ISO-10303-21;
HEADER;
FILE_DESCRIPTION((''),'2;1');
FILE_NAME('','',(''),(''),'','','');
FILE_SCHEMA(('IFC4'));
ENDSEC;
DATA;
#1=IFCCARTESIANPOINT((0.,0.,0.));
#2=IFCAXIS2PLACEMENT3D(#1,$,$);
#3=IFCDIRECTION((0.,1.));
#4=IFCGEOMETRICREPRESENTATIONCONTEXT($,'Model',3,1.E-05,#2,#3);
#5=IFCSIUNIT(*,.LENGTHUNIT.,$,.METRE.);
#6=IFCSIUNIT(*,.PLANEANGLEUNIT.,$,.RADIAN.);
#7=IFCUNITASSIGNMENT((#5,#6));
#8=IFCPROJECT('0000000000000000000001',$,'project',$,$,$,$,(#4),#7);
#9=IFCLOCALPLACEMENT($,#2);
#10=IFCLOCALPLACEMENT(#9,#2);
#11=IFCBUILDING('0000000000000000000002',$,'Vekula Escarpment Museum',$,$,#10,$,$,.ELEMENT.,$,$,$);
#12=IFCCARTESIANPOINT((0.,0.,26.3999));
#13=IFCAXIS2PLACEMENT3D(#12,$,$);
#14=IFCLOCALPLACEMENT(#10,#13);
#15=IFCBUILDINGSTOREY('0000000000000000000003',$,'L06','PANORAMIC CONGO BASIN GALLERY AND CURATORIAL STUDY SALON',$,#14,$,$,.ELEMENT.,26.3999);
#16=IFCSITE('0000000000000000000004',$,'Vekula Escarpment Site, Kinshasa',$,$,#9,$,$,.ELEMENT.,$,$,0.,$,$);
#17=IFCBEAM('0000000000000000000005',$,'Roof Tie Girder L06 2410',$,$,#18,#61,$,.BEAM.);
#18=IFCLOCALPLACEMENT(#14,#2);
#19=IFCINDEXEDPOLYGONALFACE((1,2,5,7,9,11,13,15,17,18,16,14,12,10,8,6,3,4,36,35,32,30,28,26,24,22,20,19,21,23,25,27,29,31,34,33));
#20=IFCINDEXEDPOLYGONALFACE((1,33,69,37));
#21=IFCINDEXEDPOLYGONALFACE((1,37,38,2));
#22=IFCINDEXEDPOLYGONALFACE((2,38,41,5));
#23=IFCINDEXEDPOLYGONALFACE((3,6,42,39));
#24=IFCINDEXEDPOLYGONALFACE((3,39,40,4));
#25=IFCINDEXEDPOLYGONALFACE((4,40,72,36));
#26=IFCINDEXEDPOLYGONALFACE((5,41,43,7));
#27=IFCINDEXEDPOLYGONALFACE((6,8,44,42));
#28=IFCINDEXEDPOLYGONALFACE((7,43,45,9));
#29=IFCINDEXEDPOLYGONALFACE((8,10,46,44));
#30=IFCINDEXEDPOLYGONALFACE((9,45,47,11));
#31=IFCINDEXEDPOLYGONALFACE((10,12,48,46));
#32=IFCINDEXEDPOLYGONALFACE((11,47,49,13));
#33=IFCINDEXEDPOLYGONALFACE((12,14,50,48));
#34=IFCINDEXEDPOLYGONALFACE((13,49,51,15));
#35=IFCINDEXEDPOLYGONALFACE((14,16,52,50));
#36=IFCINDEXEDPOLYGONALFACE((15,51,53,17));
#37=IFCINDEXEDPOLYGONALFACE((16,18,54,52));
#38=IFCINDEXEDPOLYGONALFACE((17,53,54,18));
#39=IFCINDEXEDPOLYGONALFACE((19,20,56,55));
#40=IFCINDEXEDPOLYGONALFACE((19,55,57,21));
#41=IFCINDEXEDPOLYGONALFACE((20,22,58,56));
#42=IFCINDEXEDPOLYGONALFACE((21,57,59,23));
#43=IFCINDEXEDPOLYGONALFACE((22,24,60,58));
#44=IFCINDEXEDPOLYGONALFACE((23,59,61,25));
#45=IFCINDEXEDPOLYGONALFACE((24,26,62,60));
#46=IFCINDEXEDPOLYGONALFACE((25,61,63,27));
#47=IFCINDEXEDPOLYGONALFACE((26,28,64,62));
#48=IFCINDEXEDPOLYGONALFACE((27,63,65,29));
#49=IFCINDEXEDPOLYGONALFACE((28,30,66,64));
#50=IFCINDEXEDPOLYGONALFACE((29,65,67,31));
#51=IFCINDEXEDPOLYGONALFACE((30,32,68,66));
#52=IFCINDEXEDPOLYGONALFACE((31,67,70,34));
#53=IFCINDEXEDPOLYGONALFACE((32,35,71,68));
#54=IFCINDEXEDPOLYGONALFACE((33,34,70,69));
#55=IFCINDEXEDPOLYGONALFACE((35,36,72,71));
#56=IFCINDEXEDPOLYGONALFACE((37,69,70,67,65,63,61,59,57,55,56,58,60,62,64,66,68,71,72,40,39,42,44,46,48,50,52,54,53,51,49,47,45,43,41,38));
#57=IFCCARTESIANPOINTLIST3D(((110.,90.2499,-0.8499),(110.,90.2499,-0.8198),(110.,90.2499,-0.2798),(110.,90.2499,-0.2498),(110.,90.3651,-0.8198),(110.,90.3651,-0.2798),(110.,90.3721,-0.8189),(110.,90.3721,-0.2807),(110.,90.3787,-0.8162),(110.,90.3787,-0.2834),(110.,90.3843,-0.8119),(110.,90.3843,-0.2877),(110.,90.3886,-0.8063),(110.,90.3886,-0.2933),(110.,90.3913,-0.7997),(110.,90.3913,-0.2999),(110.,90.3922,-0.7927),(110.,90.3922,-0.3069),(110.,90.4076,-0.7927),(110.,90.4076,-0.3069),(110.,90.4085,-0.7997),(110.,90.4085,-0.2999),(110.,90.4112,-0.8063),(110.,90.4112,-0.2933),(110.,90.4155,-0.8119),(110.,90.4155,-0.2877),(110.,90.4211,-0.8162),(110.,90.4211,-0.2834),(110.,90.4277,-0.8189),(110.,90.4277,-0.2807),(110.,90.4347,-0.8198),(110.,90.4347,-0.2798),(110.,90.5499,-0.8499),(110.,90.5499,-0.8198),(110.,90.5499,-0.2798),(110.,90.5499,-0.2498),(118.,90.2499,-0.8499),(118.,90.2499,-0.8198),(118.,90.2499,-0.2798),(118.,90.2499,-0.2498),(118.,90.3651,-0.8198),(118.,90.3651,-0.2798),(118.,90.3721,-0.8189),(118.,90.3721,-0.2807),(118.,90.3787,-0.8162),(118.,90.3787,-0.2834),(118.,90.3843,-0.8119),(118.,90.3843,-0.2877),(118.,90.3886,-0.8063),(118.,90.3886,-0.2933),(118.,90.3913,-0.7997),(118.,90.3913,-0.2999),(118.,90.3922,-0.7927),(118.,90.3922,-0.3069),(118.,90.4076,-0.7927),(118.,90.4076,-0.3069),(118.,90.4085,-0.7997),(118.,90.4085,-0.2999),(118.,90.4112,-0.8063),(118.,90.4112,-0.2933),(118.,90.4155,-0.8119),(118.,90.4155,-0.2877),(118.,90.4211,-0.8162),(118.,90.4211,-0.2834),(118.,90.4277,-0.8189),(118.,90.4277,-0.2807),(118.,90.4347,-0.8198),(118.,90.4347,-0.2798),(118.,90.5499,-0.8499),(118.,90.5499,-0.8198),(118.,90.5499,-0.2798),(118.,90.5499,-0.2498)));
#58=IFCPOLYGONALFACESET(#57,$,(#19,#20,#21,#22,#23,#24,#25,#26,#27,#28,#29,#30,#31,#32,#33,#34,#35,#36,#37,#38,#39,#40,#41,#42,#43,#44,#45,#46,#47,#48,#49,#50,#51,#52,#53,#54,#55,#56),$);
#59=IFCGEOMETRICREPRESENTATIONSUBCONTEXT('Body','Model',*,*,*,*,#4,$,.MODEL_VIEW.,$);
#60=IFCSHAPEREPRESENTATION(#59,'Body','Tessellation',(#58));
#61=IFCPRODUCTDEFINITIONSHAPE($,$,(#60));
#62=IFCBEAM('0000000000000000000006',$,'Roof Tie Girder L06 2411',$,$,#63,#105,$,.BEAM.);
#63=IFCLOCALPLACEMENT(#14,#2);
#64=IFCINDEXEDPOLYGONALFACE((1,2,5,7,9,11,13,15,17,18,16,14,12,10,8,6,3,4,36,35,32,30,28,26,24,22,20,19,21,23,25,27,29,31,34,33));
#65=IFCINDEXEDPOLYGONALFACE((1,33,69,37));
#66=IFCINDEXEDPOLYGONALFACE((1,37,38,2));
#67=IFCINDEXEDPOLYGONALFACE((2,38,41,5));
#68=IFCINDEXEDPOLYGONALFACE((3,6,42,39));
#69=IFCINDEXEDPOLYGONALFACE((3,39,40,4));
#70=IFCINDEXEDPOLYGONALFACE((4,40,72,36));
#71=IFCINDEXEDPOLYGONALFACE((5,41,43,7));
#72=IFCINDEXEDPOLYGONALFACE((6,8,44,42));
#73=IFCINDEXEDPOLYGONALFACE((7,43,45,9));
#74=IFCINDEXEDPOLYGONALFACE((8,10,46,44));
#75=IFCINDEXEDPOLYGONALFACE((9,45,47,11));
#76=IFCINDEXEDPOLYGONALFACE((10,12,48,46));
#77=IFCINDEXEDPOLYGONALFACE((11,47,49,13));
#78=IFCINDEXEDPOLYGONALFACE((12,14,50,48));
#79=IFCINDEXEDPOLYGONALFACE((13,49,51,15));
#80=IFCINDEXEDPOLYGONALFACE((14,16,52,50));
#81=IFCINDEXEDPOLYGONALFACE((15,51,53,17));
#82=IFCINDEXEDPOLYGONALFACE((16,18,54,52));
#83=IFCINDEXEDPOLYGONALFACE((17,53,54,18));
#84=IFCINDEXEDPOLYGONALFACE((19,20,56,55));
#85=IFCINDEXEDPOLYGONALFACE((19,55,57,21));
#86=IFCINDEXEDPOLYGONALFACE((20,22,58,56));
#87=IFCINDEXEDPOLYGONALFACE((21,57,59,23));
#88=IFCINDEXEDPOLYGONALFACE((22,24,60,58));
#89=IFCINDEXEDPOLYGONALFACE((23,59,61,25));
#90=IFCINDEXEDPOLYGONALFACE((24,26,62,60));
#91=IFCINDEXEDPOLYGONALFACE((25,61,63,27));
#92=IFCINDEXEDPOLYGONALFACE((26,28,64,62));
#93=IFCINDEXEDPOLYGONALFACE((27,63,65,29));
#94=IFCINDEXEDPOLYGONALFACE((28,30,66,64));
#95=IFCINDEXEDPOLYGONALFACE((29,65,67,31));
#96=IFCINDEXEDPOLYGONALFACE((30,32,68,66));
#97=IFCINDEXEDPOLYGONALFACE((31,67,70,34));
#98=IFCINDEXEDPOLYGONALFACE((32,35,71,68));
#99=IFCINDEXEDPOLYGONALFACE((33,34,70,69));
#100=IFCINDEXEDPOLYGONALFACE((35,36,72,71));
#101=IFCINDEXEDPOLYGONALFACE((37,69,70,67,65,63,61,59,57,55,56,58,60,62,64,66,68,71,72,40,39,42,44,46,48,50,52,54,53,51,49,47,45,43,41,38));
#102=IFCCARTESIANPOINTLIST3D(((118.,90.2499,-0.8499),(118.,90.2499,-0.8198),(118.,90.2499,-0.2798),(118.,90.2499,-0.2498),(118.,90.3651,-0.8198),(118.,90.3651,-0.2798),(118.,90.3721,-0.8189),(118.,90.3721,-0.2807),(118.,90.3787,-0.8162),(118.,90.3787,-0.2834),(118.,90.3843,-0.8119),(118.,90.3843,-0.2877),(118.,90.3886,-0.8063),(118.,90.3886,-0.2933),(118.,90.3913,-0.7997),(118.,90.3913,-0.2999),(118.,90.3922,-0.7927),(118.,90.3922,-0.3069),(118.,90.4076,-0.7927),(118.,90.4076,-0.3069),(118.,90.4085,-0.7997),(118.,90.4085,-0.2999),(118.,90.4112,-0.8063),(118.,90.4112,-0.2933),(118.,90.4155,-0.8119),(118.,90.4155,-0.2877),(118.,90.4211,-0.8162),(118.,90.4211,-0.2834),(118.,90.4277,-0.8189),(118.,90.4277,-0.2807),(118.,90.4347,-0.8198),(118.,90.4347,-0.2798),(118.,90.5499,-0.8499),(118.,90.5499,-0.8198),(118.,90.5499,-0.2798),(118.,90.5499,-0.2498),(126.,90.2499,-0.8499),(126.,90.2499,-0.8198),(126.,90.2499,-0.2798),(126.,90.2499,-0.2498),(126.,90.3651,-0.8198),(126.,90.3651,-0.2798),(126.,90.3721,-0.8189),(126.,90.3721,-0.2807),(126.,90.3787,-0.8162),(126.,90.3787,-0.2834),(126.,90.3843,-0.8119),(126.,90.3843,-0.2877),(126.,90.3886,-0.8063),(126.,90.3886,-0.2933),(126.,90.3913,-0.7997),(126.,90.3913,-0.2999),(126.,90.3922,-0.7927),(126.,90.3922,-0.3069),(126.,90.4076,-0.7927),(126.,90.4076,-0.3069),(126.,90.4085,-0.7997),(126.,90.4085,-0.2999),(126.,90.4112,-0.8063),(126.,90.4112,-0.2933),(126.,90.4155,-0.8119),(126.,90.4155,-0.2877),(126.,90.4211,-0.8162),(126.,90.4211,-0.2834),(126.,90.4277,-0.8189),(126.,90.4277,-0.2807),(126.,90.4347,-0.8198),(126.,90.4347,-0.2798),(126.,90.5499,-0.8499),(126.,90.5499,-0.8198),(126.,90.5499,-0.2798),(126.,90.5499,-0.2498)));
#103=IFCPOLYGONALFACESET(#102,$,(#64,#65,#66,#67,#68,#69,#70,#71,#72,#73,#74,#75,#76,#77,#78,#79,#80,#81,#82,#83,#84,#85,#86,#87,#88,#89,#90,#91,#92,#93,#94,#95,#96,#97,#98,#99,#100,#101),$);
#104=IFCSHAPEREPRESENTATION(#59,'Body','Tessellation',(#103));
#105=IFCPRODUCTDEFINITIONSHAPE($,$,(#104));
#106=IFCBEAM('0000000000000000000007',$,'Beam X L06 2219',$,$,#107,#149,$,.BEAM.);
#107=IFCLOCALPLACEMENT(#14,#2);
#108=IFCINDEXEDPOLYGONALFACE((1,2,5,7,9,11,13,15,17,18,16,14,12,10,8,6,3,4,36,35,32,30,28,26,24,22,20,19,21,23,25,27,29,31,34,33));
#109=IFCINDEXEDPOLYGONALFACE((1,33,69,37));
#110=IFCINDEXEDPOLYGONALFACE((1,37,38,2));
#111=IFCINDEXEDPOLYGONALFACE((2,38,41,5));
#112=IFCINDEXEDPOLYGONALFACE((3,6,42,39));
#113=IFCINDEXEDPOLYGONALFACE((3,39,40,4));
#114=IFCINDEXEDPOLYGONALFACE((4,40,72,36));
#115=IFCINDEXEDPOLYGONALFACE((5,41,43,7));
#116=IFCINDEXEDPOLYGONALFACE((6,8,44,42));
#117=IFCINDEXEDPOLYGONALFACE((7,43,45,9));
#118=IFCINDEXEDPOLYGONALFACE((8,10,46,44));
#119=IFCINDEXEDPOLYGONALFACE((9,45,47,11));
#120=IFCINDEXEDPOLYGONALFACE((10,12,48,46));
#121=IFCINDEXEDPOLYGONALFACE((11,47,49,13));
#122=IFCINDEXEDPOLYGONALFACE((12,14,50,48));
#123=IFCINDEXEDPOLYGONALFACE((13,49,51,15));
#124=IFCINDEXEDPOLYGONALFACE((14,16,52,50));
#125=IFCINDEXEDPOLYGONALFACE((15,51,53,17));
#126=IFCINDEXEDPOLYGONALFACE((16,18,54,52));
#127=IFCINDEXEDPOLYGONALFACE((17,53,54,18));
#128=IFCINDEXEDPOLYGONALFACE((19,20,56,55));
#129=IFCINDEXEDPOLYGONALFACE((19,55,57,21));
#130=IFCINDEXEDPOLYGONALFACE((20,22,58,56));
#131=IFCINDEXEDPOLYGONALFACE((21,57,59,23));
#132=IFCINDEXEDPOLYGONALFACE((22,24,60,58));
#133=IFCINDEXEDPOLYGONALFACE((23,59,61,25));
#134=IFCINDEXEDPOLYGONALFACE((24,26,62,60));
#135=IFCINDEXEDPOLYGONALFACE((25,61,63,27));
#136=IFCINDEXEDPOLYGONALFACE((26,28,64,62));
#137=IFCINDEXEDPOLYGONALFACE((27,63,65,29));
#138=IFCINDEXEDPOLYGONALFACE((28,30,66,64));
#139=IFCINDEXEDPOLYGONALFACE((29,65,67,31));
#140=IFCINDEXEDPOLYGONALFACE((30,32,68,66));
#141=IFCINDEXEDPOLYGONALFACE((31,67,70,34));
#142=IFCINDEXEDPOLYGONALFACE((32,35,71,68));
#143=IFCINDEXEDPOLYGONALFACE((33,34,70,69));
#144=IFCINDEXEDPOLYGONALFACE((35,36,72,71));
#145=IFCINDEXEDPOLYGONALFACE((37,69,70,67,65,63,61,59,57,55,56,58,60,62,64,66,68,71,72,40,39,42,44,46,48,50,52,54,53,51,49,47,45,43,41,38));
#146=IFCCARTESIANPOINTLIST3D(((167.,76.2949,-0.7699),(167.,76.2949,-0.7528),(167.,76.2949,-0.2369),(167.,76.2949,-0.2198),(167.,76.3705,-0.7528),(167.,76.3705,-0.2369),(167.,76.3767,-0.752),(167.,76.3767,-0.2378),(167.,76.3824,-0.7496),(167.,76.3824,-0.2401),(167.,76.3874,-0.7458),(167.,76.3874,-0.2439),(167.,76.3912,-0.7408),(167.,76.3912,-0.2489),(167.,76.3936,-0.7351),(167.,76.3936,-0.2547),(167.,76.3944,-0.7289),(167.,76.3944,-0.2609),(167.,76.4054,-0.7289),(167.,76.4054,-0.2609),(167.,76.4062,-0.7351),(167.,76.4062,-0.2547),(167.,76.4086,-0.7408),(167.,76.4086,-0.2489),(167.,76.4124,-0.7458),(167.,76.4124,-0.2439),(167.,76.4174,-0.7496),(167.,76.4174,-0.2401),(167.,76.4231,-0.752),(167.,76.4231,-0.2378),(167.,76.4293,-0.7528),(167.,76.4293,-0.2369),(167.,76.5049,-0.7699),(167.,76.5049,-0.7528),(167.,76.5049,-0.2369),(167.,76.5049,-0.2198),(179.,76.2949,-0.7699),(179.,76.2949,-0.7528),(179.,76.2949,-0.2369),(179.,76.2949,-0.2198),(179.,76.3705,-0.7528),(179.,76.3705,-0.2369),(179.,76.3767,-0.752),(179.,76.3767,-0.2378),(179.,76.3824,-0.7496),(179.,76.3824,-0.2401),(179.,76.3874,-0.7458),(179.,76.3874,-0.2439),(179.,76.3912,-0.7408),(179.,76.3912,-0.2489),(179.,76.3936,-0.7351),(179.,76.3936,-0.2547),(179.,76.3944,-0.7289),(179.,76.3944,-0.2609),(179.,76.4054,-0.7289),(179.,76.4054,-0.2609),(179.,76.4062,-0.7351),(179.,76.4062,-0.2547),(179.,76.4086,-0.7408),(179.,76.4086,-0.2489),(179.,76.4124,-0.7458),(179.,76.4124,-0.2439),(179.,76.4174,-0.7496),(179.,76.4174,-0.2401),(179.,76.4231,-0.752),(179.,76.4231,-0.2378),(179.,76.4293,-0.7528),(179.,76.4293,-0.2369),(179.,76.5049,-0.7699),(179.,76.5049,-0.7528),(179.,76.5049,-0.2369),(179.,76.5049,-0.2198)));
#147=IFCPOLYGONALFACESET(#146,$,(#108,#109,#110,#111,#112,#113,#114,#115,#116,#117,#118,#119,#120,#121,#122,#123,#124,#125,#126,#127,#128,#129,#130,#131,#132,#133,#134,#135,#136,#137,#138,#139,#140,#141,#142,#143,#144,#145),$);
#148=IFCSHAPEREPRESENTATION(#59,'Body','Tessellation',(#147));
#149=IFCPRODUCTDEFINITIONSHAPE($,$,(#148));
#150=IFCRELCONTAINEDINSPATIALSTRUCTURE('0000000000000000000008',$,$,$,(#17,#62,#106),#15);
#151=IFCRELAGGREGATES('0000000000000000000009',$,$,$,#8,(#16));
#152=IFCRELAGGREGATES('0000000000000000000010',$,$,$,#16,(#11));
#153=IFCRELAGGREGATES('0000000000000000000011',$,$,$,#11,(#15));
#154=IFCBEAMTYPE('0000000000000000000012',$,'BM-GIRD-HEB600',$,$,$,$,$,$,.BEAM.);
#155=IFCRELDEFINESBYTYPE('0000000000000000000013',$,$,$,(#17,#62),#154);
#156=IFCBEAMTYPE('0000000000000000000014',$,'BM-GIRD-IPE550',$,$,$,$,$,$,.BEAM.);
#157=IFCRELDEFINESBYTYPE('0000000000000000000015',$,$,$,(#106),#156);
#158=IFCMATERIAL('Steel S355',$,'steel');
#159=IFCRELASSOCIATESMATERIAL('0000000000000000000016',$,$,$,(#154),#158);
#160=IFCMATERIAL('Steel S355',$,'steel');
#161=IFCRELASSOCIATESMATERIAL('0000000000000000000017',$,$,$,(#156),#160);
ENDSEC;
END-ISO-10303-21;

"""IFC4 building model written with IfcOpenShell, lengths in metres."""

from ifc_helpers import new_model, si_unit, direction, frame, origin, origin_2d, place, context, subcontext, project, spatial, i_section, extrude, material, material_profile, profile_set, type_object, element, save


model = new_model("IFC4")

# Units and contexts
model_context = context("Model", 3, precision=1e-05, world=origin(), true_north=direction((0.0, 1.0)))
body_context = subcontext(model_context, "Body", "Model", "MODEL_VIEW")
ifc_project = project(units=[si_unit("LENGTHUNIT", "METRE"), si_unit("PLANEANGLEUNIT", "RADIAN")], contexts=[model_context])

# Site, building, storey
site_placement = place(None, origin())
site = spatial("IfcSite", under=ifc_project, at=site_placement, Name="Vekula Escarpment Site, Kinshasa", CompositionType="ELEMENT", RefElevation=0.0)
building_placement = place(site_placement, origin())
building = spatial("IfcBuilding", under=site, at=building_placement, Name="Vekula Escarpment Museum", CompositionType="ELEMENT")
storey_placement = place(building_placement, frame((0.0, 0.0, 26.3999)))
storey = spatial("IfcBuildingStorey", under=building, at=storey_placement, Name="L06", Description="PANORAMIC CONGO BASIN GALLERY AND CURATORIAL STUDY SALON", CompositionType="ELEMENT", Elevation=26.3999)

# Beams
ifc_material_1 = material(Name="Steel S355", Category="steel")
ifc_material_profile_1 = material_profile(ifc_material_1, i_section(OverallWidth=0.3, OverallDepth=0.6001, WebThickness=0.0154, FlangeThickness=0.03, FilletRadius=0.0271, at=origin_2d()), Name="HEB 600")
ifc_profile_set_1 = profile_set([ifc_material_profile_1], Name="Steel S355")
beam_type_1 = type_object("IfcBeamType", Name="BM-GIRD-HEB600", PredefinedType="BEAM", material=ifc_profile_set_1)
for number, where, z_axis, x_axis, name in (
    (1, (110.0, 90.3999, -0.5498), (1.0, 0.0, 0.0), (0.0, 1.0, 0.0), "Roof Tie Girder L06 2410"),
    (2, (118.0, 90.3999, -0.5498), (1.0, 0.0, 0.0), (0.0, 1.0, 0.0), "Roof Tie Girder L06 2411"),
):
    element("IfcBeam", number, at=place(storey_placement, frame(where, z_axis=z_axis, x_axis=x_axis)), inside=storey, type_object=beam_type_1, Name=name, PredefinedType="BEAM", context=body_context, shape_type="SweptSolid", body=[
        extrude(i_section(OverallWidth=0.3, OverallDepth=0.6001, WebThickness=0.0154, FlangeThickness=0.03, FilletRadius=0.0271, at=origin_2d()), origin(), (0.0, 0.0, 1.0), 8.0),
    ])
ifc_material_2 = material(Name="Steel S355", Category="steel")
ifc_material_profile_2 = material_profile(ifc_material_2, i_section(OverallWidth=0.21, OverallDepth=0.55, WebThickness=0.011, FlangeThickness=0.0171, FilletRadius=0.0239, at=origin_2d()), Name="IPE 550")
ifc_profile_set_2 = profile_set([ifc_material_profile_2], Name="Steel S355")
beam_type_2 = type_object("IfcBeamType", Name="BM-GIRD-IPE550", PredefinedType="BEAM", material=ifc_profile_set_2)
beam_placement = place(storey_placement, frame((167.0, 76.3999, -0.4949), z_axis=(1.0, 0.0, 0.0), x_axis=(0.0, 1.0, 0.0)))
element("IfcBeam", 3, at=beam_placement, inside=storey, type_object=beam_type_2, Name="Beam X L06 2219", PredefinedType="BEAM", context=body_context, shape_type="SweptSolid", body=[
    extrude(i_section(OverallWidth=0.21, OverallDepth=0.55, WebThickness=0.011, FlangeThickness=0.0171, FilletRadius=0.0239, at=origin_2d()), origin(), (0.0, 0.0, 1.0), 12.0),
])

save(model, "model.ifc")
